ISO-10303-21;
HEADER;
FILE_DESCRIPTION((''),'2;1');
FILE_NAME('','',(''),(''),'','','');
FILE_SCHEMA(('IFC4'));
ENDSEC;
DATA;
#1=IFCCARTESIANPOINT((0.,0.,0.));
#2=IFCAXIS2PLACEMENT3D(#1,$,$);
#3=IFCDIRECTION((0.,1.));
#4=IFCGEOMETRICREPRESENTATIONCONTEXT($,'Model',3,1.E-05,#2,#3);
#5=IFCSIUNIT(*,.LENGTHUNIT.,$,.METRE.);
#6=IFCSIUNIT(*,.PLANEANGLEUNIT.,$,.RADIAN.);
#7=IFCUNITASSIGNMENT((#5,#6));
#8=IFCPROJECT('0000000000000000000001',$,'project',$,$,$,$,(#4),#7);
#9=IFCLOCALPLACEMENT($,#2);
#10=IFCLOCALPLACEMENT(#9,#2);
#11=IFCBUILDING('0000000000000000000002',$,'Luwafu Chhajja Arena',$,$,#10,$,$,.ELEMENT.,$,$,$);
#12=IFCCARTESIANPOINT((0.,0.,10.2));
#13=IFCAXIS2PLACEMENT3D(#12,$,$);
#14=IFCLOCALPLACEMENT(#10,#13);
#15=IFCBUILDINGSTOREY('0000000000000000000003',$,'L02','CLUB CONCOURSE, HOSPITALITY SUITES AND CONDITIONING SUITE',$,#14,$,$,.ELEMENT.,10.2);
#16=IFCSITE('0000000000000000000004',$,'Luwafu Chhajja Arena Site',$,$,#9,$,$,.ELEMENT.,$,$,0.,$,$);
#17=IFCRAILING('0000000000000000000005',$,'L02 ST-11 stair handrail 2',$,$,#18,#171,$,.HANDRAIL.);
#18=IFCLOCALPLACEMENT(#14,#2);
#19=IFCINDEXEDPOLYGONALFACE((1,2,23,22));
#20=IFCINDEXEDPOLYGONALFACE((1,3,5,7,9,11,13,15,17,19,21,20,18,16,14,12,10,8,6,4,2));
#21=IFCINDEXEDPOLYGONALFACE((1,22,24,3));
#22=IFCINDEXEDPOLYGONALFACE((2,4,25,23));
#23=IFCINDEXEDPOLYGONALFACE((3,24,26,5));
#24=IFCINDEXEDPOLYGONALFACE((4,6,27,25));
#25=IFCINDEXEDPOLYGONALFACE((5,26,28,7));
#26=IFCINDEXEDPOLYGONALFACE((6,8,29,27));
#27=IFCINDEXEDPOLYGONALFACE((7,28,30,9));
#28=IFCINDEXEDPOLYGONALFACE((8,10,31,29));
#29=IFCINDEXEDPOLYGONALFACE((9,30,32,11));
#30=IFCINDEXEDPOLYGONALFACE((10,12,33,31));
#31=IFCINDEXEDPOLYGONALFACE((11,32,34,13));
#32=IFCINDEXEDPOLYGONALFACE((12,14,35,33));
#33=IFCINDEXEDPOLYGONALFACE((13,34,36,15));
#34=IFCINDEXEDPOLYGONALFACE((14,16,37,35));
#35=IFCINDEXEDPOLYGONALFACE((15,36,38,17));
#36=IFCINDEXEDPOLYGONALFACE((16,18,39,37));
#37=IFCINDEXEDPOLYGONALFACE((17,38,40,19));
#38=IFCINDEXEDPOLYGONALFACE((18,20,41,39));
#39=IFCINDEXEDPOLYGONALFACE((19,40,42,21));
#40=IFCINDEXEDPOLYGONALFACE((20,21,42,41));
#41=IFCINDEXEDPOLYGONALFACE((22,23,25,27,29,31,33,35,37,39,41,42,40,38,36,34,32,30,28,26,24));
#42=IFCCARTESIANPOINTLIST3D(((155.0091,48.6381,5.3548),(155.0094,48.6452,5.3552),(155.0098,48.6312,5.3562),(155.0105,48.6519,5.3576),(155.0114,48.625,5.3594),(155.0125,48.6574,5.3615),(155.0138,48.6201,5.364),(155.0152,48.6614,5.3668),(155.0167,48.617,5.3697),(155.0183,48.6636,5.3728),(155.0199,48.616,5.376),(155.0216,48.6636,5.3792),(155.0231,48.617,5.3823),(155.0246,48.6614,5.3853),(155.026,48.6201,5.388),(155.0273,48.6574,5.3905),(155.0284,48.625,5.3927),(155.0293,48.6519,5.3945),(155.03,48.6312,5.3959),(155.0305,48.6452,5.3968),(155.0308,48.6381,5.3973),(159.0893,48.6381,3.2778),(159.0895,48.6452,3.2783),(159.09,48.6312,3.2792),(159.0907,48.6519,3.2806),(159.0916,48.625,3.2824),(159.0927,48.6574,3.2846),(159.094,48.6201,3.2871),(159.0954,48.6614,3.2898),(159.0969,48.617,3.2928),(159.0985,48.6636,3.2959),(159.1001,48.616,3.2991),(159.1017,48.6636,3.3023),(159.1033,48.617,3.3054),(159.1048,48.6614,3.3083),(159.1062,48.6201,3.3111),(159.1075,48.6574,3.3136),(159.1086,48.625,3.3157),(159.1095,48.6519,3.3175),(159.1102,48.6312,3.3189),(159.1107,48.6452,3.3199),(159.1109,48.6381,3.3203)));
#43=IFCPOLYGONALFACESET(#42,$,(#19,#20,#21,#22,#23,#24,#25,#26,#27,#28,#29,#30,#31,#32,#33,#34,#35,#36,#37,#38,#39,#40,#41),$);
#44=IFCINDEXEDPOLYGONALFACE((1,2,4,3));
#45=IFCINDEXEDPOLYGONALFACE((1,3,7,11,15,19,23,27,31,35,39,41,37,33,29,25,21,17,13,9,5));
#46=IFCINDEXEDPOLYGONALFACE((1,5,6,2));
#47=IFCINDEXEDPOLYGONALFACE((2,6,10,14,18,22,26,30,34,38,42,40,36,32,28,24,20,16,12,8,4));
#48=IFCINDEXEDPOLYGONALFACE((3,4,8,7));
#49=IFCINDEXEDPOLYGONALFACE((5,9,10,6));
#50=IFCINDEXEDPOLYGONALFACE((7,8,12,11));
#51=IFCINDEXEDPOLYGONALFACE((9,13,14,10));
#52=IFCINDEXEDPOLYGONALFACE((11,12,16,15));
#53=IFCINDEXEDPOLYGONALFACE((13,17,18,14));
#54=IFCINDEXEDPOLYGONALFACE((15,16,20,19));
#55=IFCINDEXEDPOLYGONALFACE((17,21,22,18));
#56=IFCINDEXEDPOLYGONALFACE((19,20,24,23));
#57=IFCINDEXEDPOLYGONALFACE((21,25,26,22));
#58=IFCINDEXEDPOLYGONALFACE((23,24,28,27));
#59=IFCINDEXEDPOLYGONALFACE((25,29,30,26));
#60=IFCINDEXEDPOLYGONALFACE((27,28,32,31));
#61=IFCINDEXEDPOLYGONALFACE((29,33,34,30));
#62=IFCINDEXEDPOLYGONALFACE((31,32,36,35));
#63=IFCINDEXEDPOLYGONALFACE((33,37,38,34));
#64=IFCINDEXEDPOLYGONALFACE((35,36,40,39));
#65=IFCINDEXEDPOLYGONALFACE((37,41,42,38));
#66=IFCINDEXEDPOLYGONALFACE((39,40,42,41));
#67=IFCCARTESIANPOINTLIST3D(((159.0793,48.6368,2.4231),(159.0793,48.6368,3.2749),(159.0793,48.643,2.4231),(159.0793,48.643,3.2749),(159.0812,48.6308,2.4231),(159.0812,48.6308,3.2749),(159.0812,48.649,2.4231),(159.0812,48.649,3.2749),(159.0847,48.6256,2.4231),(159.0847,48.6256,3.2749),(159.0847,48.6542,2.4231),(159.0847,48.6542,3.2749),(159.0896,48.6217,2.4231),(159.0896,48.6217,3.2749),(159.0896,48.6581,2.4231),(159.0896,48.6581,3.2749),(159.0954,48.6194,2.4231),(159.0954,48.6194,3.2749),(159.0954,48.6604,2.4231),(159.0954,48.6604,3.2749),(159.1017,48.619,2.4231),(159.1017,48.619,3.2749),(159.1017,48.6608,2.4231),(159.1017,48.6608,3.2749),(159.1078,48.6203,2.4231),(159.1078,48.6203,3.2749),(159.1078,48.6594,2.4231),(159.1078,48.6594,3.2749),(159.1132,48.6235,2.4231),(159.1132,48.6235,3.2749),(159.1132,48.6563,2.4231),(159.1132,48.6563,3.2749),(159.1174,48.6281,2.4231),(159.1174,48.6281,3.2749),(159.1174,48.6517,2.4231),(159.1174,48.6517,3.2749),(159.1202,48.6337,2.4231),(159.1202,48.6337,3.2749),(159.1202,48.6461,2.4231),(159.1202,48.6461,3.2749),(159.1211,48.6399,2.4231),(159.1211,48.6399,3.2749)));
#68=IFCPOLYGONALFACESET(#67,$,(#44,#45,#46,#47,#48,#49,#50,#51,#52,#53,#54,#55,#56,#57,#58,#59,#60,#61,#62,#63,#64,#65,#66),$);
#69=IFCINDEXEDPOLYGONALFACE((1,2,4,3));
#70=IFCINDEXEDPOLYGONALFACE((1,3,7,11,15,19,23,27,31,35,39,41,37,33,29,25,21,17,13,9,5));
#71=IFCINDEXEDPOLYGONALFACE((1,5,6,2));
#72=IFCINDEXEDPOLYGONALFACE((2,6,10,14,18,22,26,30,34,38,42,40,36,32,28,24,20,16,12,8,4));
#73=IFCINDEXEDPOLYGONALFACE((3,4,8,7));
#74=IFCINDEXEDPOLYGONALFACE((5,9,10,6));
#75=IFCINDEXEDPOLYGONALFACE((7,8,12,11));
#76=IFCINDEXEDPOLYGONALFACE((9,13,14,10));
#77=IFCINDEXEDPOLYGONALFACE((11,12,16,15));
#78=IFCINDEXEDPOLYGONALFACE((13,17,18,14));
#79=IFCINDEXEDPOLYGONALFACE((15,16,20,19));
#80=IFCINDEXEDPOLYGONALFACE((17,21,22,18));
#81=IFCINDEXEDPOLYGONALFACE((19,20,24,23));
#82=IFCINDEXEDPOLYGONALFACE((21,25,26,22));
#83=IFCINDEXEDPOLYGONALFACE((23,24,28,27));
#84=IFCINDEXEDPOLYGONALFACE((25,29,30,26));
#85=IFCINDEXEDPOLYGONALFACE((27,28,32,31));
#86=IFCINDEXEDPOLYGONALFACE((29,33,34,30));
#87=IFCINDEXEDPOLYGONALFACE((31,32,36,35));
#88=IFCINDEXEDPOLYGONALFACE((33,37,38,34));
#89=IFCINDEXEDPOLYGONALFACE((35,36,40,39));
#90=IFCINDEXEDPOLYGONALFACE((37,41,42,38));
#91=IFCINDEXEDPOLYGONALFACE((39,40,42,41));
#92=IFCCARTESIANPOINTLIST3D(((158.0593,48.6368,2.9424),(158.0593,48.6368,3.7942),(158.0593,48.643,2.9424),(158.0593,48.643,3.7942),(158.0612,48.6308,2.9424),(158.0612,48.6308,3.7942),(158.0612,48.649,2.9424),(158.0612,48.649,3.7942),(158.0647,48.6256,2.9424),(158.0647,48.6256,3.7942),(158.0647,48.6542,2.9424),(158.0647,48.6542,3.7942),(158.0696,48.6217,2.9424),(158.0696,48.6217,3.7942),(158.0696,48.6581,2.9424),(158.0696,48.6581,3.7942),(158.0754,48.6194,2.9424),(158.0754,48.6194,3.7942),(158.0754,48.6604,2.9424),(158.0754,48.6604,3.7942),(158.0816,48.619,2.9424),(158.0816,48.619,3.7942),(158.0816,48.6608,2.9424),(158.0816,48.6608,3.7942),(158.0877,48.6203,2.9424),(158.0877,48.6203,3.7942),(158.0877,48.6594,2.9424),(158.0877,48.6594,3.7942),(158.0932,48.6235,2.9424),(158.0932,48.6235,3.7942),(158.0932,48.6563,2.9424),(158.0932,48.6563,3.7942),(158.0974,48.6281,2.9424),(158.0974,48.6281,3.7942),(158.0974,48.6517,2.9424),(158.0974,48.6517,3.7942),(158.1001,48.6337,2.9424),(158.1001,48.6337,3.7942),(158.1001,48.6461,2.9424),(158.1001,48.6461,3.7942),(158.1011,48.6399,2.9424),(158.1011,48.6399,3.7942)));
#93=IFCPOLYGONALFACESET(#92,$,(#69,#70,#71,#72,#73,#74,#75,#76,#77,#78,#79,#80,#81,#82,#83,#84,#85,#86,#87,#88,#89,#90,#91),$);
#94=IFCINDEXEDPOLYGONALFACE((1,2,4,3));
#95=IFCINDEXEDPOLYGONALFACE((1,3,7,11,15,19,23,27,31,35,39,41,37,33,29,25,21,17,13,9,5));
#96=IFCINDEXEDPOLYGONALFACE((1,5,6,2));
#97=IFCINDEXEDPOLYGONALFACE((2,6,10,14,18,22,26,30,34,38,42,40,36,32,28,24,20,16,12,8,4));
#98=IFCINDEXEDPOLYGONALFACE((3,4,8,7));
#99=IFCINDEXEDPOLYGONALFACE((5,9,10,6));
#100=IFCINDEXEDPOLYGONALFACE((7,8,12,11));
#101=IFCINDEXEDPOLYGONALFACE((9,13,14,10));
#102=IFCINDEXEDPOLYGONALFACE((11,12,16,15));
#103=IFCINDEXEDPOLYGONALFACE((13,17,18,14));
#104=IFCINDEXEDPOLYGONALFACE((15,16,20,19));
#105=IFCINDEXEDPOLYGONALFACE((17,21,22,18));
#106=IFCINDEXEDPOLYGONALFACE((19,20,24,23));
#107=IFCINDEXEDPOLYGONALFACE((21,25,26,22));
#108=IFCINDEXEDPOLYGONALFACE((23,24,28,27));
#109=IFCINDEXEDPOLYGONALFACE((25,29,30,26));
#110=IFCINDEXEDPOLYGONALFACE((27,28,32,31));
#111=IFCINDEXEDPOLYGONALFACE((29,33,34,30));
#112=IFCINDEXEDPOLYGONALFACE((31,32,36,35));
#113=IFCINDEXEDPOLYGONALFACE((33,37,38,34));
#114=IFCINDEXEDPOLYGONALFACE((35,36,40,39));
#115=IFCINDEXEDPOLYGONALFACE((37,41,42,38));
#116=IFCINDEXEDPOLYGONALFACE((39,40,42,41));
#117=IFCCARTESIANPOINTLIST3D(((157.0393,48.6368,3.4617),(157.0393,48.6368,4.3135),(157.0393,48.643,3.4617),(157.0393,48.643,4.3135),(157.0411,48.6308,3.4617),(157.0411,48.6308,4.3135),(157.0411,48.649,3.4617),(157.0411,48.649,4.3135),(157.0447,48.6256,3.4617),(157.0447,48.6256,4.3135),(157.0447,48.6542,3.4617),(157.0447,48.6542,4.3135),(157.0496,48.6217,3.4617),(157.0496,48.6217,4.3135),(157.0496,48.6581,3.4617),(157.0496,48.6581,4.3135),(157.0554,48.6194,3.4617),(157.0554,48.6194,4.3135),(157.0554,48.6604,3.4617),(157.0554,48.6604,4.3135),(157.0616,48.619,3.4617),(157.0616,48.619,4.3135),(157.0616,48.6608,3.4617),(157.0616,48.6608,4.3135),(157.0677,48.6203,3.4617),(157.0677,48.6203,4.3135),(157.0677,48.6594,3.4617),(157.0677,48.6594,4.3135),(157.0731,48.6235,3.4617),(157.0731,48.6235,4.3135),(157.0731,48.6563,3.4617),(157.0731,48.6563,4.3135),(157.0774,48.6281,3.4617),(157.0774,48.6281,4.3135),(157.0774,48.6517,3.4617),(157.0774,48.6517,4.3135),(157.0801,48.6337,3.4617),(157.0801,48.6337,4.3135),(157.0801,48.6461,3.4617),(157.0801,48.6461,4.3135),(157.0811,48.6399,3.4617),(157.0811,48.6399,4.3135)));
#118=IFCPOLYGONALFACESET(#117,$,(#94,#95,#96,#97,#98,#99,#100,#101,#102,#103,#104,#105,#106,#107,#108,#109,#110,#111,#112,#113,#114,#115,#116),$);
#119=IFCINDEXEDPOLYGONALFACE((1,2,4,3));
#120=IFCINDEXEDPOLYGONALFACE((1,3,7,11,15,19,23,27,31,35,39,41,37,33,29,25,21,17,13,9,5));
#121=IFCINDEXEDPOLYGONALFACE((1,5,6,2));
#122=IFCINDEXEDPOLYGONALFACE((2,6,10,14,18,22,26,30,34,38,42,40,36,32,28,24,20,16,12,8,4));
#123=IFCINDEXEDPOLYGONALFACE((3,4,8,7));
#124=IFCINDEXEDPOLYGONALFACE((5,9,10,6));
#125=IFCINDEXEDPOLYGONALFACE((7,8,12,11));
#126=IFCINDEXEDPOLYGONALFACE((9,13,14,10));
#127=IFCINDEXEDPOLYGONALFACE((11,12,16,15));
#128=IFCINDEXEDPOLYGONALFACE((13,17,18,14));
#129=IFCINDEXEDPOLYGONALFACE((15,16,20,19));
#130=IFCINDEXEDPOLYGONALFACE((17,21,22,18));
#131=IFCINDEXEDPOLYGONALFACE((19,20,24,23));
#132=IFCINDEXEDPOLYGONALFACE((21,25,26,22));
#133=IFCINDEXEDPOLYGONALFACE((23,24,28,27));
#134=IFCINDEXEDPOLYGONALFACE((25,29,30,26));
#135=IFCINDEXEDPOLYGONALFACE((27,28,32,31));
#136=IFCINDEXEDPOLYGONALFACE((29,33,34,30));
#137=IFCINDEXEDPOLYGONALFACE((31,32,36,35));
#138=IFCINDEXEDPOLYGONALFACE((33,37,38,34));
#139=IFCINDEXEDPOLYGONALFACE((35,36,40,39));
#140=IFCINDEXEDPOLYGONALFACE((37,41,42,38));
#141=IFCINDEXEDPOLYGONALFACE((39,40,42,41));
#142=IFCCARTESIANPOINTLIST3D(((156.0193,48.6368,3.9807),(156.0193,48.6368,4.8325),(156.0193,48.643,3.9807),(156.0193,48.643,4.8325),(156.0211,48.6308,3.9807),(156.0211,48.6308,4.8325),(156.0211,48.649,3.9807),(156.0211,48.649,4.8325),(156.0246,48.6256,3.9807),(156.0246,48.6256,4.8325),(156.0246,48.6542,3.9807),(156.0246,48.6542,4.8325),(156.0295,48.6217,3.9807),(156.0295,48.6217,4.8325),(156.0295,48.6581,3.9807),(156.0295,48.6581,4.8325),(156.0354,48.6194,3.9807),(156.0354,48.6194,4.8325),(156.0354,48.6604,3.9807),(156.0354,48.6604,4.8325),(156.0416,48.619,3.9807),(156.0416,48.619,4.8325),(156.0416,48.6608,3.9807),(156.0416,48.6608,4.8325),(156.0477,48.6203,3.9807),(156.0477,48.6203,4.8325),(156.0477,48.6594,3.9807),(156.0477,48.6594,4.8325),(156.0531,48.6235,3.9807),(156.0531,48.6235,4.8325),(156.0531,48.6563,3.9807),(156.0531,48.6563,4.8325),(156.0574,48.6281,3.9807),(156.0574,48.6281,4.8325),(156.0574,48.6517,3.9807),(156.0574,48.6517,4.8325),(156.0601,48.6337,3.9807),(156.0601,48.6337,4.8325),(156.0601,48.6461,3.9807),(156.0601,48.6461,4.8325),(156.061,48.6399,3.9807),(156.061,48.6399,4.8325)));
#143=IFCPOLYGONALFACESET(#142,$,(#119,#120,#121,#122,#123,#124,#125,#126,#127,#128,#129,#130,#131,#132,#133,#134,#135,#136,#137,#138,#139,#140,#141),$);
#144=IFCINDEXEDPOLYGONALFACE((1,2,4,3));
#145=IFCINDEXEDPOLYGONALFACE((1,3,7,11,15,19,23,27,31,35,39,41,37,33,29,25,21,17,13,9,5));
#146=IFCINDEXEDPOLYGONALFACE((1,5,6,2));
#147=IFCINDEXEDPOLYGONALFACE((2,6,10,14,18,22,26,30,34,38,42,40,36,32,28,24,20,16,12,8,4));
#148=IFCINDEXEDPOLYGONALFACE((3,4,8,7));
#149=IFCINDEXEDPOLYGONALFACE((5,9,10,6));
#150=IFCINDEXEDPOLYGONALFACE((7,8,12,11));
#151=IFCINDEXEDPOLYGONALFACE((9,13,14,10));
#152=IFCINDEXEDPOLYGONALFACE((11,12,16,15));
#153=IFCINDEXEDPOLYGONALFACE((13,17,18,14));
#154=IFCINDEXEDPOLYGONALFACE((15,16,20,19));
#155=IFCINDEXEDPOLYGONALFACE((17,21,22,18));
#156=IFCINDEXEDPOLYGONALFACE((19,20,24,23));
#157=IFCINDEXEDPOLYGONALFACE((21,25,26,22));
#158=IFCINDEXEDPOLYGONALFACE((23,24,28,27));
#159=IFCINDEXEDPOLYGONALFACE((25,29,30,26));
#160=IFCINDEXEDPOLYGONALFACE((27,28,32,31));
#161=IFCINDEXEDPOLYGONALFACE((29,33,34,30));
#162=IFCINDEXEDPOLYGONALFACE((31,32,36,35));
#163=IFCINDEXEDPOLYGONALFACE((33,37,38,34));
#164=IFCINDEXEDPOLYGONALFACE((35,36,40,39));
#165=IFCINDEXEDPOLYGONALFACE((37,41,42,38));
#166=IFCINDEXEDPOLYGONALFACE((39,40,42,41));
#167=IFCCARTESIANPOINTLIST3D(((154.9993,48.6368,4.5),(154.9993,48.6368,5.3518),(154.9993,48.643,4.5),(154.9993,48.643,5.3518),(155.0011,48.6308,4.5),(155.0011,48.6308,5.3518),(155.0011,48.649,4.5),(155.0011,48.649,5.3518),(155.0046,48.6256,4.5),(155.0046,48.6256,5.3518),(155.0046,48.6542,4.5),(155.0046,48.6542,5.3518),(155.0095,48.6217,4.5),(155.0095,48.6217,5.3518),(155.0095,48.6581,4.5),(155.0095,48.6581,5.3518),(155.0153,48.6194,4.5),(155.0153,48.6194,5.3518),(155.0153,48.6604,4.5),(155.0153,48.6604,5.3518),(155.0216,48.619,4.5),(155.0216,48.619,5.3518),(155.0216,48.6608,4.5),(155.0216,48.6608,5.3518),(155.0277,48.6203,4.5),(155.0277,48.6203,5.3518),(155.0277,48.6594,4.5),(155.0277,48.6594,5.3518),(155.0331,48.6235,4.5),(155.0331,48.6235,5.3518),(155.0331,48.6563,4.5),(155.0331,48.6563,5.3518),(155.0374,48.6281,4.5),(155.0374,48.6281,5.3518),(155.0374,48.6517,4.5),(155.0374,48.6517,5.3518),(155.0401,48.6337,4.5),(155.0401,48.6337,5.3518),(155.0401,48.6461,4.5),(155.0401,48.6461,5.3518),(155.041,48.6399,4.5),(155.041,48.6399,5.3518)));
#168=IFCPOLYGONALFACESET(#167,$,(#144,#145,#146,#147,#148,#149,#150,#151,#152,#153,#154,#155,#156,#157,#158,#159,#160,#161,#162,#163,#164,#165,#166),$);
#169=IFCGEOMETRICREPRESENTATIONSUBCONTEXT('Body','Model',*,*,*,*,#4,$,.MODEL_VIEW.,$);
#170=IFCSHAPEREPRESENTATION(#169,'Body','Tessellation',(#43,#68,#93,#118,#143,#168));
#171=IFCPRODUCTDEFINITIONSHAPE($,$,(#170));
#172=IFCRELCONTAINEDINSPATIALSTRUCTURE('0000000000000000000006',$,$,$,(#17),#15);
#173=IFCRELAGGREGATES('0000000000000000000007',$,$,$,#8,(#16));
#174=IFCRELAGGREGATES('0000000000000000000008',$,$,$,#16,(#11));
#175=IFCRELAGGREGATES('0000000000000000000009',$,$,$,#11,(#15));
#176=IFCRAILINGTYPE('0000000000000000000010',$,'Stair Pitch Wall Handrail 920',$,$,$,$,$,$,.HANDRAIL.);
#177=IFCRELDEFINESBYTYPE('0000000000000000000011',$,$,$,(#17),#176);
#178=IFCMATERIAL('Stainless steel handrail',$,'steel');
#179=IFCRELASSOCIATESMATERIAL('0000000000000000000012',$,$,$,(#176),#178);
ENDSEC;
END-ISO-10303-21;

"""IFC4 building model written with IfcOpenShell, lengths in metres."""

from ifc_helpers import new_model, si_unit, direction, frame, origin, origin_2d, place, context, subcontext, project, spatial, circle, extrude, material, type_object, element, save


model = new_model("IFC4")

# Units and contexts
model_context = context("Model", 3, precision=1e-05, world=origin(), true_north=direction((0.0, 1.0)))
body_context = subcontext(model_context, "Body", "Model", "MODEL_VIEW")
ifc_project = project(units=[si_unit("LENGTHUNIT", "METRE"), si_unit("PLANEANGLEUNIT", "RADIAN")], contexts=[model_context])

# Site, building, storey
site_placement = place(None, origin())
site = spatial("IfcSite", under=ifc_project, at=site_placement, Name="Luwafu Chhajja Arena Site", CompositionType="ELEMENT", RefElevation=0.0)
building_placement = place(site_placement, origin())
building = spatial("IfcBuilding", under=site, at=building_placement, Name="Luwafu Chhajja Arena", CompositionType="ELEMENT")
storey_placement = place(building_placement, frame((0.0, 0.0, 10.2)))
storey = spatial("IfcBuildingStorey", under=building, at=storey_placement, Name="L02", Description="CLUB CONCOURSE, HOSPITALITY SUITES AND CONDITIONING SUITE", CompositionType="ELEMENT", Elevation=10.2)

# Railing
ifc_material_1 = material(Name="Stainless steel handrail", Category="steel")
railing_type_1 = type_object("IfcRailingType", Name="Stair Pitch Wall Handrail 920", PredefinedType="HANDRAIL", material=ifc_material_1)
railing_1_placement = place(storey_placement, frame((159.1001, 48.6399, 2.4231)))
element("IfcRailing", 1, at=railing_1_placement, inside=storey, type_object=railing_type_1, Name="L02 ST-11 stair handrail 2", PredefinedType="HANDRAIL", context=body_context, shape_type="SweptSolid", body=[
    extrude(circle(Radius=0.0239, at=origin_2d()), frame((0.0, 0.0, 0.876), z_axis=(-0.891183, 0.0, 0.453644), x_axis=(0.0, -1.0, 0.0)), (0.0, 0.0, 1.0), 4.5784),
    extrude(circle(Radius=0.021, at=origin_2d()), origin(), (0.0, 0.0, 1.0), 0.8518),
    extrude(circle(Radius=0.021, at=origin_2d()), frame((-1.02, 0.0, 0.5193)), (0.0, 0.0, 1.0), 0.8518),
    extrude(circle(Radius=0.021, at=origin_2d()), frame((-2.04, 0.0, 1.0386)), (0.0, 0.0, 1.0), 0.8518),
    extrude(circle(Radius=0.021, at=origin_2d()), frame((-3.0601, 0.0, 1.5576)), (0.0, 0.0, 1.0), 0.8518),
    extrude(circle(Radius=0.021, at=origin_2d()), frame((-4.0801, 0.0, 2.0769)), (0.0, 0.0, 1.0), 0.8518),
])

save(model, "model.ifc")
